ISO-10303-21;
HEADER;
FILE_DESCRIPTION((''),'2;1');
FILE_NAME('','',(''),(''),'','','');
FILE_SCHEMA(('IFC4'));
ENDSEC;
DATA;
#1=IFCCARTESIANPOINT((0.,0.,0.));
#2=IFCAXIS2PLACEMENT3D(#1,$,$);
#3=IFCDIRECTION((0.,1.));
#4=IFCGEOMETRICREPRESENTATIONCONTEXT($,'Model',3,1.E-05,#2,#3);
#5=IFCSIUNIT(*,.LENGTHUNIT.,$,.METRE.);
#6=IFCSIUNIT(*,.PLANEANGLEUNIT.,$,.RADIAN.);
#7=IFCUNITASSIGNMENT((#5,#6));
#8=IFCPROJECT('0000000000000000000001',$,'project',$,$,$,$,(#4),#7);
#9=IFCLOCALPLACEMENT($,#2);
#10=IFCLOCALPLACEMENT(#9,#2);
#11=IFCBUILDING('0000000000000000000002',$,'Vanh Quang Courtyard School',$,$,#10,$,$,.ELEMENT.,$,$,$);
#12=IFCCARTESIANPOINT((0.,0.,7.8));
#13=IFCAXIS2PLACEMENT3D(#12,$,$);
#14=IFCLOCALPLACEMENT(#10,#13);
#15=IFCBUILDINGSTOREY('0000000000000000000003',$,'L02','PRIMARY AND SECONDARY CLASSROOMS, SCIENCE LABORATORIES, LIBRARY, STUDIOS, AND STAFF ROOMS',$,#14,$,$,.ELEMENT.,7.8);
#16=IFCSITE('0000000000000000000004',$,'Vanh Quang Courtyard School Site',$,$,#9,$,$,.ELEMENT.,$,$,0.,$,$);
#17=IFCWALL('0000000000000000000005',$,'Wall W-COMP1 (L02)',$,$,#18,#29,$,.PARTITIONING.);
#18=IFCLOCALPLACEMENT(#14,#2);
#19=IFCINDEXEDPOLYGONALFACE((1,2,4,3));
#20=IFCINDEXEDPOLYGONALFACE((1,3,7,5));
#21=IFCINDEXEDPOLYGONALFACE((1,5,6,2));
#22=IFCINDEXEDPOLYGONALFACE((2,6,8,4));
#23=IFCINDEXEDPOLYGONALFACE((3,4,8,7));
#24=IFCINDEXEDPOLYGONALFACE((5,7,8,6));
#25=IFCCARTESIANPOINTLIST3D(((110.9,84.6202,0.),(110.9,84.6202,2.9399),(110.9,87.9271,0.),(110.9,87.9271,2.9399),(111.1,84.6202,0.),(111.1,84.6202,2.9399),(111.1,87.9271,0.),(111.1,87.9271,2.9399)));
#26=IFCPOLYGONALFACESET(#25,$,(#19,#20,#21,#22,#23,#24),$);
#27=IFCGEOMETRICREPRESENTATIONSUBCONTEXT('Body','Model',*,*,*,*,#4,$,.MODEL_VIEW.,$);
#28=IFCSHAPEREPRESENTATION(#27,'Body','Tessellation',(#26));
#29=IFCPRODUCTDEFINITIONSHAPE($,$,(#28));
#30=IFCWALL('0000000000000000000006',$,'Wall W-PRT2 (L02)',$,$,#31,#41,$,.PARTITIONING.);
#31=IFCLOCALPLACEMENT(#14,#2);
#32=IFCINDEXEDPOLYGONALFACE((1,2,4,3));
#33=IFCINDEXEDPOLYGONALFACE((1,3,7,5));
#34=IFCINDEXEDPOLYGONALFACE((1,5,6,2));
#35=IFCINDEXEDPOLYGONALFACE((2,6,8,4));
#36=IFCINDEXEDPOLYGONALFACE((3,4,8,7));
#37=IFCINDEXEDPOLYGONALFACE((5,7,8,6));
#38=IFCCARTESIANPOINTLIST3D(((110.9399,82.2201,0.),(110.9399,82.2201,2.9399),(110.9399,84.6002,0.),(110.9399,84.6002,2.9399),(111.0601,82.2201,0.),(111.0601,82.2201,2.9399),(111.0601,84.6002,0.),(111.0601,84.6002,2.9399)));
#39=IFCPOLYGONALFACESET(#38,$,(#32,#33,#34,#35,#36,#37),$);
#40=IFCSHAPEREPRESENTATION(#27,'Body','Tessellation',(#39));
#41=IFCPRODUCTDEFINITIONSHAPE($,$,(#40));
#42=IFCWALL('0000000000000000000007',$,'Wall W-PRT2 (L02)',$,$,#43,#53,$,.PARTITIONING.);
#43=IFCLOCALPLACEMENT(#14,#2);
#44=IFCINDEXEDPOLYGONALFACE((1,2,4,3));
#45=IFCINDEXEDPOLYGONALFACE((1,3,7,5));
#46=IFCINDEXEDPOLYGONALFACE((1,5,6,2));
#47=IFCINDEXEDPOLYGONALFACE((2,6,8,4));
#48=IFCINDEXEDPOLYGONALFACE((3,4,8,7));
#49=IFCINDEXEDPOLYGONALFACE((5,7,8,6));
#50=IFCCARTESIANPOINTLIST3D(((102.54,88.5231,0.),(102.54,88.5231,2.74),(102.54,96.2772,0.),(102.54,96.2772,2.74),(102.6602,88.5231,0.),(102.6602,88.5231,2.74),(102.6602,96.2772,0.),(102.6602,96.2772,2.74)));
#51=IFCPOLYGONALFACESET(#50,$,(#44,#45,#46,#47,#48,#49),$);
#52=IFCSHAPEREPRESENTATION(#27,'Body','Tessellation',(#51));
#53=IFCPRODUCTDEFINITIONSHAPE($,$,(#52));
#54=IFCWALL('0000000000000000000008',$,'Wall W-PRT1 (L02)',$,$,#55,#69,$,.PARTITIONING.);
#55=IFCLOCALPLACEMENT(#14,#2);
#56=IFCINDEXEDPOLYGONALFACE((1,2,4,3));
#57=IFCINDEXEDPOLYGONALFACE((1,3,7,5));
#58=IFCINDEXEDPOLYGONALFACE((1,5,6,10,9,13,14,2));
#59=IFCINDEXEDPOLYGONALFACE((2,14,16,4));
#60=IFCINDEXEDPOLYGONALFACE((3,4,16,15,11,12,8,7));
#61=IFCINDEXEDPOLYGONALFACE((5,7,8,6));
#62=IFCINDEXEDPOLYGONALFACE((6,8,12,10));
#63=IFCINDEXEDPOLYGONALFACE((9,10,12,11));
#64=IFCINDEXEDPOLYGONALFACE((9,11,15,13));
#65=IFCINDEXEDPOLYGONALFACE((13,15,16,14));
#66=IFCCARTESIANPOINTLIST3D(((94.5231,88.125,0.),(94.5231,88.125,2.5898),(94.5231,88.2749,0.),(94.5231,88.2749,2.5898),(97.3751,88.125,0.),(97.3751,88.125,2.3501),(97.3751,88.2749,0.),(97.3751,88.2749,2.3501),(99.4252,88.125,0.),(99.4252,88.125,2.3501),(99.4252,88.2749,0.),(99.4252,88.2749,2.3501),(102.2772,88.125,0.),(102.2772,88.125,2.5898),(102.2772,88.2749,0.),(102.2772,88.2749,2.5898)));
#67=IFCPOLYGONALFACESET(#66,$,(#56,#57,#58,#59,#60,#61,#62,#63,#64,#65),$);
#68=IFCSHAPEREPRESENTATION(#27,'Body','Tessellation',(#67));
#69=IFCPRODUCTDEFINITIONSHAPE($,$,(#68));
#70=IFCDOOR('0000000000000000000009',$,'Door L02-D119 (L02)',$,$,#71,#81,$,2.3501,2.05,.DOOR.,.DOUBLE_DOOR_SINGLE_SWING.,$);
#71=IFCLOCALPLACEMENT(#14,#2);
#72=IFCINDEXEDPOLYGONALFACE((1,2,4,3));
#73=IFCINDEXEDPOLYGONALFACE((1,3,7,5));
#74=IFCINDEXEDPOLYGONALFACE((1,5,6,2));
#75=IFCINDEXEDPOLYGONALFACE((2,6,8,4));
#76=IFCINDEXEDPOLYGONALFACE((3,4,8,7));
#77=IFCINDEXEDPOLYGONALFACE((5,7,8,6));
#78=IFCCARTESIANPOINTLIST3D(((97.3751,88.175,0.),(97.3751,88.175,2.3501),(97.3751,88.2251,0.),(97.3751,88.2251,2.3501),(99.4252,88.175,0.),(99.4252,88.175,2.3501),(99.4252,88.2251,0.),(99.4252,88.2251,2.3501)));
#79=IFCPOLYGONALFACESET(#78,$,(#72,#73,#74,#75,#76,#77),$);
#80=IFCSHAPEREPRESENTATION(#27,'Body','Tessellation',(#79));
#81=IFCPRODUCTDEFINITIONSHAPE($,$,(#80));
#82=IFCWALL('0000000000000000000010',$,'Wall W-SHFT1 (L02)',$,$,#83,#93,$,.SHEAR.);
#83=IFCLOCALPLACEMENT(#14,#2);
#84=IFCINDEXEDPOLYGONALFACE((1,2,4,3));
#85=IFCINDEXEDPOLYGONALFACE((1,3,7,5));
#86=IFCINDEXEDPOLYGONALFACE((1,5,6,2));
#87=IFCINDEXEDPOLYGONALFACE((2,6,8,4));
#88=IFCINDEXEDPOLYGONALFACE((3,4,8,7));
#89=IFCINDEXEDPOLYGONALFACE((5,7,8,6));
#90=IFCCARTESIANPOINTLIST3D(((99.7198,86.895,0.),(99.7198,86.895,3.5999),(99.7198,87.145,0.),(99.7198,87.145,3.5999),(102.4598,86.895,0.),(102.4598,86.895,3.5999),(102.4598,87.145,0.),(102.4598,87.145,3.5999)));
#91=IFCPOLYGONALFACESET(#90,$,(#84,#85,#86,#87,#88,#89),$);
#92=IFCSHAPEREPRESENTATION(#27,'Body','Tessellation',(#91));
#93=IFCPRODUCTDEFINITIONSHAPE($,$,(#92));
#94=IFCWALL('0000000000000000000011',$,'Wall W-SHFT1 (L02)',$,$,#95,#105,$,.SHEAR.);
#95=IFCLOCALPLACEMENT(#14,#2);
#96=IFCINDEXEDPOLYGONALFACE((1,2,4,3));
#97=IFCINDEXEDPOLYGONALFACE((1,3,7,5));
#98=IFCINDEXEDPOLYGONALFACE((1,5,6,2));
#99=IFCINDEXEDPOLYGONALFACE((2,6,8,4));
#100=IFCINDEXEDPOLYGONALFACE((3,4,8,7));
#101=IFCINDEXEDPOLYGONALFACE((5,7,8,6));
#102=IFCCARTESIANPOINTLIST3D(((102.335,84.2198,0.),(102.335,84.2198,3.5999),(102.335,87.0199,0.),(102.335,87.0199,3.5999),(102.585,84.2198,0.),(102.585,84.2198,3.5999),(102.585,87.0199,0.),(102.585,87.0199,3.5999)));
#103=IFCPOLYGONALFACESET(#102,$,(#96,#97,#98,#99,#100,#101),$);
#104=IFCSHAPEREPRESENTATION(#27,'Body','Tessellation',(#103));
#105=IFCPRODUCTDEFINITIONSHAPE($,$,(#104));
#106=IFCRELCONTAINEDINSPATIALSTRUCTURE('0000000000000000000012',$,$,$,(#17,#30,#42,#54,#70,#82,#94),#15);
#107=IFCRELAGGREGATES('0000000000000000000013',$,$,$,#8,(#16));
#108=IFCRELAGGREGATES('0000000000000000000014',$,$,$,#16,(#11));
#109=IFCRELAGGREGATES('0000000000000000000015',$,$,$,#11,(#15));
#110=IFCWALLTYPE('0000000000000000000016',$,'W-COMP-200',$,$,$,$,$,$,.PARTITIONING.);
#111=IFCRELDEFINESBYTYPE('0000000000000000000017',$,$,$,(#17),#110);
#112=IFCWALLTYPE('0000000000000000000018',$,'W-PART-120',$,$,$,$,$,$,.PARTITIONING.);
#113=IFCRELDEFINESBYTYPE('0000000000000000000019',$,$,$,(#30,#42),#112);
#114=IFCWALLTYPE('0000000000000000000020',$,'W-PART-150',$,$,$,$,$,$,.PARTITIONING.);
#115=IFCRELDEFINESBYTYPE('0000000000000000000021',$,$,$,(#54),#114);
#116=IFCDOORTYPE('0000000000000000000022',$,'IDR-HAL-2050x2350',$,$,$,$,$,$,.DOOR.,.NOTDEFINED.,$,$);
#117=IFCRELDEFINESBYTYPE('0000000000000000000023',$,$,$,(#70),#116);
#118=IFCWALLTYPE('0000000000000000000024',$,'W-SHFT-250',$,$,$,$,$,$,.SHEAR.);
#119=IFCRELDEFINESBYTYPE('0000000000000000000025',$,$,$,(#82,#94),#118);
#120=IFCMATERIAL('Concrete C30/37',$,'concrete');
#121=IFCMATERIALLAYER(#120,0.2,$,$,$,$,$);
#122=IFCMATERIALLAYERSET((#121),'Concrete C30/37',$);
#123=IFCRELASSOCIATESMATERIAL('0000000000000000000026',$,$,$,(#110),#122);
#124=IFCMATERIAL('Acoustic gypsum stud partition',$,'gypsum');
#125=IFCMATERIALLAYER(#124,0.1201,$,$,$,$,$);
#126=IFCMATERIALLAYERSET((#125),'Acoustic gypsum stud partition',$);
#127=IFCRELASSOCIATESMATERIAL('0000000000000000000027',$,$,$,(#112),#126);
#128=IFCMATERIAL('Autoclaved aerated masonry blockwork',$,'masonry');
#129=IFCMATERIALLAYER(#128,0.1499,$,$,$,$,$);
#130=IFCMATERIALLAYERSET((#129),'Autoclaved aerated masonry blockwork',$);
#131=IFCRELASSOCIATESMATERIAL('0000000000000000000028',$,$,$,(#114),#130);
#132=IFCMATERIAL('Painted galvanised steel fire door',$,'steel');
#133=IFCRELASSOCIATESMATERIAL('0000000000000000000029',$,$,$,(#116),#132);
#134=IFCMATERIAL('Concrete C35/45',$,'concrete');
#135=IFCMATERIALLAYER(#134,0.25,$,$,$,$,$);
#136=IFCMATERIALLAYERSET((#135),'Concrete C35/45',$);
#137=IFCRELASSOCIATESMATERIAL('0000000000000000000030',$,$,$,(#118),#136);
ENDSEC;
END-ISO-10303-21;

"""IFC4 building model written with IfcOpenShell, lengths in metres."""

from ifc_helpers import new_model, si_unit, direction, frame, frame_2d, origin, place, context, subcontext, project, spatial, rectangle, extrude, material, layer, layer_set, type_object, element, fill, save


model = new_model("IFC4")

# Units and contexts
model_context = context("Model", 3, precision=1e-05, world=origin(), true_north=direction((0.0, 1.0)))
body_context = subcontext(model_context, "Body", "Model", "MODEL_VIEW")
ifc_project = project(units=[si_unit("LENGTHUNIT", "METRE"), si_unit("PLANEANGLEUNIT", "RADIAN")], contexts=[model_context])

# Site, building, storey
site_placement = place(None, origin())
site = spatial("IfcSite", under=ifc_project, at=site_placement, Name="Vanh Quang Courtyard School Site", CompositionType="ELEMENT", RefElevation=0.0)
building_placement = place(site_placement, origin())
building = spatial("IfcBuilding", under=site, at=building_placement, Name="Vanh Quang Courtyard School", CompositionType="ELEMENT")
storey_placement = place(building_placement, frame((0.0, 0.0, 7.8)))
storey = spatial("IfcBuildingStorey", under=building, at=storey_placement, Name="L02", Description="PRIMARY AND SECONDARY CLASSROOMS, SCIENCE LABORATORIES, LIBRARY, STUDIOS, AND STAFF ROOMS", CompositionType="ELEMENT", Elevation=7.8)

# Shared definitions
ifc_material_1 = material(Name="Concrete C35/45", Category="concrete")

# Shared definitions
ifc_material_2 = material(Name="Concrete C30/37", Category="concrete")
ifc_layer_1 = layer(ifc_material_2, 0.2)
ifc_layer_set_1 = layer_set([ifc_layer_1], Name="Concrete C30/37")
wall_type_1 = type_object("IfcWallType", Name="W-COMP-200", PredefinedType="PARTITIONING", material=ifc_layer_set_1)
ifc_material_3 = material(Name="Painted galvanised steel fire door", Category="steel")

# Wall
wall_1_placement = place(storey_placement, frame((111.0, 87.927, 0.0), z_axis=(0.0, 0.0, 1.0), x_axis=(0.0, -1.0, 0.0)))
element("IfcWall", 1, at=wall_1_placement, inside=storey, type_object=wall_type_1, Name="Wall W-COMP1 (L02)", PredefinedType="PARTITIONING", context=body_context, shape_type="SweptSolid", body=[
    extrude(rectangle(XDim=3.3069, YDim=0.2, at=frame_2d((1.6533, 0.0))), origin(), (0.0, 0.0, 1.0), 2.9399),
])

# Walls
ifc_material_4 = material(Name="Acoustic gypsum stud partition", Category="gypsum")
ifc_layer_2 = layer(ifc_material_4, 0.1201)
ifc_layer_set_2 = layer_set([ifc_layer_2], Name="Acoustic gypsum stud partition")
wall_type_2 = type_object("IfcWallType", Name="W-PART-120", PredefinedType="PARTITIONING", material=ifc_layer_set_2)
wall_2_placement = place(storey_placement, frame((111.0, 84.6001, 0.0), z_axis=(0.0, 0.0, 1.0), x_axis=(0.0, -1.0, 0.0)))
element("IfcWall", 2, at=wall_2_placement, inside=storey, type_object=wall_type_2, Name="Wall W-PRT2 (L02)", PredefinedType="PARTITIONING", context=body_context, shape_type="SweptSolid", body=[
    extrude(rectangle(XDim=2.3801, YDim=0.1201, at=frame_2d((1.1899, 0.0))), origin(), (0.0, 0.0, 1.0), 2.9399),
])
wall_3_placement = place(storey_placement, frame((102.6001, 96.2771, 0.0), z_axis=(0.0, 0.0, 1.0), x_axis=(0.0, -1.0, 0.0)))
element("IfcWall", 3, at=wall_3_placement, inside=storey, type_object=wall_type_2, Name="Wall W-PRT2 (L02)", PredefinedType="PARTITIONING", context=body_context, shape_type="SweptSolid", body=[
    extrude(rectangle(XDim=7.7542, YDim=0.1201, at=frame_2d((3.877, 0.0))), origin(), (0.0, 0.0, 1.0), 2.74),
])

# Wall, opening, door
ifc_material_5 = material(Name="Autoclaved aerated masonry blockwork", Category="masonry")
ifc_layer_3 = layer(ifc_material_5, 0.1499)
ifc_layer_set_3 = layer_set([ifc_layer_3], Name="Autoclaved aerated masonry blockwork")
wall_type_3 = type_object("IfcWallType", Name="W-PART-150", PredefinedType="PARTITIONING", material=ifc_layer_set_3)
wall_4_placement = place(storey_placement, frame((102.2771, 88.2, 0.0), z_axis=(0.0, 0.0, 1.0), x_axis=(-1.0, 0.0, 0.0)))
wall_4 = element("IfcWall", 4, at=wall_4_placement, inside=storey, type_object=wall_type_3, Name="Wall W-PRT1 (L02)", PredefinedType="PARTITIONING", context=body_context, shape_type="SweptSolid", body=[
    extrude(rectangle(XDim=7.7542, YDim=0.1499, at=frame_2d((3.877, 0.0))), origin(), (0.0, 0.0, 1.0), 2.5898),
])
opening_1_placement = place(wall_4_placement, frame((2.8521, 0.0, 0.0)))
opening_1 = element("IfcOpeningElement", 5, at=opening_1_placement, cuts=wall_4, PredefinedType="OPENING", context=body_context, shape_type="SweptSolid", body=[
    extrude(rectangle(XDim=2.05, YDim=2.3501, at=frame_2d((1.0249, 1.175))), frame((0.0, 0.085, 0.0), z_axis=(0.0, -1.0, 0.0), x_axis=(1.0, 0.0, 0.0)), (0.0, 0.0, 1.0), 0.1699),
])
door_type_1 = type_object("IfcDoorType", Name="IDR-HAL-2050x2350", OperationType="NOTDEFINED", PredefinedType="DOOR", material=ifc_material_3)
door_1_placement = place(opening_1_placement, origin())
door_1 = element("IfcDoor", 6, at=door_1_placement, inside=storey, type_object=door_type_1, Name="Door L02-D119 (L02)", OperationType="DOUBLE_DOOR_SINGLE_SWING", OverallHeight=2.3501, OverallWidth=2.05, PredefinedType="DOOR", context=body_context, shape_type="SweptSolid", body=[
    extrude(rectangle(XDim=2.05, YDim=2.3501, at=frame_2d((1.0249, 1.175))), frame((0.0, 0.0249, 0.0), z_axis=(0.0, -1.0, 0.0), x_axis=(1.0, 0.0, 0.0)), (0.0, 0.0, 1.0), 0.05),
])
fill(opening_1, door_1)
ifc_layer_4 = layer(ifc_material_1, 0.25)
ifc_layer_set_4 = layer_set([ifc_layer_4], Name="Concrete C35/45")
wall_type_4 = type_object("IfcWallType", Name="W-SHFT-250", PredefinedType="SHEAR", material=ifc_layer_set_4)

# Walls
wall_5_placement = place(storey_placement, frame((102.46, 87.02, 0.0), z_axis=(0.0, 0.0, 1.0), x_axis=(-1.0, 0.0, 0.0)))
element("IfcWall", 7, at=wall_5_placement, inside=storey, type_object=wall_type_4, Name="Wall W-SHFT1 (L02)", PredefinedType="SHEAR", context=body_context, shape_type="SweptSolid", body=[
    extrude(rectangle(XDim=2.74, YDim=0.25, at=frame_2d((1.3701, 0.0))), origin(), (0.0, 0.0, 1.0), 3.5999),
])
wall_6_placement = place(storey_placement, frame((102.46, 84.22, 0.0), z_axis=(0.0, 0.0, 1.0), x_axis=(0.0, 1.0, 0.0)))
element("IfcWall", 8, at=wall_6_placement, inside=storey, type_object=wall_type_4, Name="Wall W-SHFT1 (L02)", PredefinedType="SHEAR", context=body_context, shape_type="SweptSolid", body=[
    extrude(rectangle(XDim=2.8, YDim=0.25, at=frame_2d((1.3999, 0.0))), origin(), (0.0, 0.0, 1.0), 3.5999),
])

save(model, "model.ifc")
